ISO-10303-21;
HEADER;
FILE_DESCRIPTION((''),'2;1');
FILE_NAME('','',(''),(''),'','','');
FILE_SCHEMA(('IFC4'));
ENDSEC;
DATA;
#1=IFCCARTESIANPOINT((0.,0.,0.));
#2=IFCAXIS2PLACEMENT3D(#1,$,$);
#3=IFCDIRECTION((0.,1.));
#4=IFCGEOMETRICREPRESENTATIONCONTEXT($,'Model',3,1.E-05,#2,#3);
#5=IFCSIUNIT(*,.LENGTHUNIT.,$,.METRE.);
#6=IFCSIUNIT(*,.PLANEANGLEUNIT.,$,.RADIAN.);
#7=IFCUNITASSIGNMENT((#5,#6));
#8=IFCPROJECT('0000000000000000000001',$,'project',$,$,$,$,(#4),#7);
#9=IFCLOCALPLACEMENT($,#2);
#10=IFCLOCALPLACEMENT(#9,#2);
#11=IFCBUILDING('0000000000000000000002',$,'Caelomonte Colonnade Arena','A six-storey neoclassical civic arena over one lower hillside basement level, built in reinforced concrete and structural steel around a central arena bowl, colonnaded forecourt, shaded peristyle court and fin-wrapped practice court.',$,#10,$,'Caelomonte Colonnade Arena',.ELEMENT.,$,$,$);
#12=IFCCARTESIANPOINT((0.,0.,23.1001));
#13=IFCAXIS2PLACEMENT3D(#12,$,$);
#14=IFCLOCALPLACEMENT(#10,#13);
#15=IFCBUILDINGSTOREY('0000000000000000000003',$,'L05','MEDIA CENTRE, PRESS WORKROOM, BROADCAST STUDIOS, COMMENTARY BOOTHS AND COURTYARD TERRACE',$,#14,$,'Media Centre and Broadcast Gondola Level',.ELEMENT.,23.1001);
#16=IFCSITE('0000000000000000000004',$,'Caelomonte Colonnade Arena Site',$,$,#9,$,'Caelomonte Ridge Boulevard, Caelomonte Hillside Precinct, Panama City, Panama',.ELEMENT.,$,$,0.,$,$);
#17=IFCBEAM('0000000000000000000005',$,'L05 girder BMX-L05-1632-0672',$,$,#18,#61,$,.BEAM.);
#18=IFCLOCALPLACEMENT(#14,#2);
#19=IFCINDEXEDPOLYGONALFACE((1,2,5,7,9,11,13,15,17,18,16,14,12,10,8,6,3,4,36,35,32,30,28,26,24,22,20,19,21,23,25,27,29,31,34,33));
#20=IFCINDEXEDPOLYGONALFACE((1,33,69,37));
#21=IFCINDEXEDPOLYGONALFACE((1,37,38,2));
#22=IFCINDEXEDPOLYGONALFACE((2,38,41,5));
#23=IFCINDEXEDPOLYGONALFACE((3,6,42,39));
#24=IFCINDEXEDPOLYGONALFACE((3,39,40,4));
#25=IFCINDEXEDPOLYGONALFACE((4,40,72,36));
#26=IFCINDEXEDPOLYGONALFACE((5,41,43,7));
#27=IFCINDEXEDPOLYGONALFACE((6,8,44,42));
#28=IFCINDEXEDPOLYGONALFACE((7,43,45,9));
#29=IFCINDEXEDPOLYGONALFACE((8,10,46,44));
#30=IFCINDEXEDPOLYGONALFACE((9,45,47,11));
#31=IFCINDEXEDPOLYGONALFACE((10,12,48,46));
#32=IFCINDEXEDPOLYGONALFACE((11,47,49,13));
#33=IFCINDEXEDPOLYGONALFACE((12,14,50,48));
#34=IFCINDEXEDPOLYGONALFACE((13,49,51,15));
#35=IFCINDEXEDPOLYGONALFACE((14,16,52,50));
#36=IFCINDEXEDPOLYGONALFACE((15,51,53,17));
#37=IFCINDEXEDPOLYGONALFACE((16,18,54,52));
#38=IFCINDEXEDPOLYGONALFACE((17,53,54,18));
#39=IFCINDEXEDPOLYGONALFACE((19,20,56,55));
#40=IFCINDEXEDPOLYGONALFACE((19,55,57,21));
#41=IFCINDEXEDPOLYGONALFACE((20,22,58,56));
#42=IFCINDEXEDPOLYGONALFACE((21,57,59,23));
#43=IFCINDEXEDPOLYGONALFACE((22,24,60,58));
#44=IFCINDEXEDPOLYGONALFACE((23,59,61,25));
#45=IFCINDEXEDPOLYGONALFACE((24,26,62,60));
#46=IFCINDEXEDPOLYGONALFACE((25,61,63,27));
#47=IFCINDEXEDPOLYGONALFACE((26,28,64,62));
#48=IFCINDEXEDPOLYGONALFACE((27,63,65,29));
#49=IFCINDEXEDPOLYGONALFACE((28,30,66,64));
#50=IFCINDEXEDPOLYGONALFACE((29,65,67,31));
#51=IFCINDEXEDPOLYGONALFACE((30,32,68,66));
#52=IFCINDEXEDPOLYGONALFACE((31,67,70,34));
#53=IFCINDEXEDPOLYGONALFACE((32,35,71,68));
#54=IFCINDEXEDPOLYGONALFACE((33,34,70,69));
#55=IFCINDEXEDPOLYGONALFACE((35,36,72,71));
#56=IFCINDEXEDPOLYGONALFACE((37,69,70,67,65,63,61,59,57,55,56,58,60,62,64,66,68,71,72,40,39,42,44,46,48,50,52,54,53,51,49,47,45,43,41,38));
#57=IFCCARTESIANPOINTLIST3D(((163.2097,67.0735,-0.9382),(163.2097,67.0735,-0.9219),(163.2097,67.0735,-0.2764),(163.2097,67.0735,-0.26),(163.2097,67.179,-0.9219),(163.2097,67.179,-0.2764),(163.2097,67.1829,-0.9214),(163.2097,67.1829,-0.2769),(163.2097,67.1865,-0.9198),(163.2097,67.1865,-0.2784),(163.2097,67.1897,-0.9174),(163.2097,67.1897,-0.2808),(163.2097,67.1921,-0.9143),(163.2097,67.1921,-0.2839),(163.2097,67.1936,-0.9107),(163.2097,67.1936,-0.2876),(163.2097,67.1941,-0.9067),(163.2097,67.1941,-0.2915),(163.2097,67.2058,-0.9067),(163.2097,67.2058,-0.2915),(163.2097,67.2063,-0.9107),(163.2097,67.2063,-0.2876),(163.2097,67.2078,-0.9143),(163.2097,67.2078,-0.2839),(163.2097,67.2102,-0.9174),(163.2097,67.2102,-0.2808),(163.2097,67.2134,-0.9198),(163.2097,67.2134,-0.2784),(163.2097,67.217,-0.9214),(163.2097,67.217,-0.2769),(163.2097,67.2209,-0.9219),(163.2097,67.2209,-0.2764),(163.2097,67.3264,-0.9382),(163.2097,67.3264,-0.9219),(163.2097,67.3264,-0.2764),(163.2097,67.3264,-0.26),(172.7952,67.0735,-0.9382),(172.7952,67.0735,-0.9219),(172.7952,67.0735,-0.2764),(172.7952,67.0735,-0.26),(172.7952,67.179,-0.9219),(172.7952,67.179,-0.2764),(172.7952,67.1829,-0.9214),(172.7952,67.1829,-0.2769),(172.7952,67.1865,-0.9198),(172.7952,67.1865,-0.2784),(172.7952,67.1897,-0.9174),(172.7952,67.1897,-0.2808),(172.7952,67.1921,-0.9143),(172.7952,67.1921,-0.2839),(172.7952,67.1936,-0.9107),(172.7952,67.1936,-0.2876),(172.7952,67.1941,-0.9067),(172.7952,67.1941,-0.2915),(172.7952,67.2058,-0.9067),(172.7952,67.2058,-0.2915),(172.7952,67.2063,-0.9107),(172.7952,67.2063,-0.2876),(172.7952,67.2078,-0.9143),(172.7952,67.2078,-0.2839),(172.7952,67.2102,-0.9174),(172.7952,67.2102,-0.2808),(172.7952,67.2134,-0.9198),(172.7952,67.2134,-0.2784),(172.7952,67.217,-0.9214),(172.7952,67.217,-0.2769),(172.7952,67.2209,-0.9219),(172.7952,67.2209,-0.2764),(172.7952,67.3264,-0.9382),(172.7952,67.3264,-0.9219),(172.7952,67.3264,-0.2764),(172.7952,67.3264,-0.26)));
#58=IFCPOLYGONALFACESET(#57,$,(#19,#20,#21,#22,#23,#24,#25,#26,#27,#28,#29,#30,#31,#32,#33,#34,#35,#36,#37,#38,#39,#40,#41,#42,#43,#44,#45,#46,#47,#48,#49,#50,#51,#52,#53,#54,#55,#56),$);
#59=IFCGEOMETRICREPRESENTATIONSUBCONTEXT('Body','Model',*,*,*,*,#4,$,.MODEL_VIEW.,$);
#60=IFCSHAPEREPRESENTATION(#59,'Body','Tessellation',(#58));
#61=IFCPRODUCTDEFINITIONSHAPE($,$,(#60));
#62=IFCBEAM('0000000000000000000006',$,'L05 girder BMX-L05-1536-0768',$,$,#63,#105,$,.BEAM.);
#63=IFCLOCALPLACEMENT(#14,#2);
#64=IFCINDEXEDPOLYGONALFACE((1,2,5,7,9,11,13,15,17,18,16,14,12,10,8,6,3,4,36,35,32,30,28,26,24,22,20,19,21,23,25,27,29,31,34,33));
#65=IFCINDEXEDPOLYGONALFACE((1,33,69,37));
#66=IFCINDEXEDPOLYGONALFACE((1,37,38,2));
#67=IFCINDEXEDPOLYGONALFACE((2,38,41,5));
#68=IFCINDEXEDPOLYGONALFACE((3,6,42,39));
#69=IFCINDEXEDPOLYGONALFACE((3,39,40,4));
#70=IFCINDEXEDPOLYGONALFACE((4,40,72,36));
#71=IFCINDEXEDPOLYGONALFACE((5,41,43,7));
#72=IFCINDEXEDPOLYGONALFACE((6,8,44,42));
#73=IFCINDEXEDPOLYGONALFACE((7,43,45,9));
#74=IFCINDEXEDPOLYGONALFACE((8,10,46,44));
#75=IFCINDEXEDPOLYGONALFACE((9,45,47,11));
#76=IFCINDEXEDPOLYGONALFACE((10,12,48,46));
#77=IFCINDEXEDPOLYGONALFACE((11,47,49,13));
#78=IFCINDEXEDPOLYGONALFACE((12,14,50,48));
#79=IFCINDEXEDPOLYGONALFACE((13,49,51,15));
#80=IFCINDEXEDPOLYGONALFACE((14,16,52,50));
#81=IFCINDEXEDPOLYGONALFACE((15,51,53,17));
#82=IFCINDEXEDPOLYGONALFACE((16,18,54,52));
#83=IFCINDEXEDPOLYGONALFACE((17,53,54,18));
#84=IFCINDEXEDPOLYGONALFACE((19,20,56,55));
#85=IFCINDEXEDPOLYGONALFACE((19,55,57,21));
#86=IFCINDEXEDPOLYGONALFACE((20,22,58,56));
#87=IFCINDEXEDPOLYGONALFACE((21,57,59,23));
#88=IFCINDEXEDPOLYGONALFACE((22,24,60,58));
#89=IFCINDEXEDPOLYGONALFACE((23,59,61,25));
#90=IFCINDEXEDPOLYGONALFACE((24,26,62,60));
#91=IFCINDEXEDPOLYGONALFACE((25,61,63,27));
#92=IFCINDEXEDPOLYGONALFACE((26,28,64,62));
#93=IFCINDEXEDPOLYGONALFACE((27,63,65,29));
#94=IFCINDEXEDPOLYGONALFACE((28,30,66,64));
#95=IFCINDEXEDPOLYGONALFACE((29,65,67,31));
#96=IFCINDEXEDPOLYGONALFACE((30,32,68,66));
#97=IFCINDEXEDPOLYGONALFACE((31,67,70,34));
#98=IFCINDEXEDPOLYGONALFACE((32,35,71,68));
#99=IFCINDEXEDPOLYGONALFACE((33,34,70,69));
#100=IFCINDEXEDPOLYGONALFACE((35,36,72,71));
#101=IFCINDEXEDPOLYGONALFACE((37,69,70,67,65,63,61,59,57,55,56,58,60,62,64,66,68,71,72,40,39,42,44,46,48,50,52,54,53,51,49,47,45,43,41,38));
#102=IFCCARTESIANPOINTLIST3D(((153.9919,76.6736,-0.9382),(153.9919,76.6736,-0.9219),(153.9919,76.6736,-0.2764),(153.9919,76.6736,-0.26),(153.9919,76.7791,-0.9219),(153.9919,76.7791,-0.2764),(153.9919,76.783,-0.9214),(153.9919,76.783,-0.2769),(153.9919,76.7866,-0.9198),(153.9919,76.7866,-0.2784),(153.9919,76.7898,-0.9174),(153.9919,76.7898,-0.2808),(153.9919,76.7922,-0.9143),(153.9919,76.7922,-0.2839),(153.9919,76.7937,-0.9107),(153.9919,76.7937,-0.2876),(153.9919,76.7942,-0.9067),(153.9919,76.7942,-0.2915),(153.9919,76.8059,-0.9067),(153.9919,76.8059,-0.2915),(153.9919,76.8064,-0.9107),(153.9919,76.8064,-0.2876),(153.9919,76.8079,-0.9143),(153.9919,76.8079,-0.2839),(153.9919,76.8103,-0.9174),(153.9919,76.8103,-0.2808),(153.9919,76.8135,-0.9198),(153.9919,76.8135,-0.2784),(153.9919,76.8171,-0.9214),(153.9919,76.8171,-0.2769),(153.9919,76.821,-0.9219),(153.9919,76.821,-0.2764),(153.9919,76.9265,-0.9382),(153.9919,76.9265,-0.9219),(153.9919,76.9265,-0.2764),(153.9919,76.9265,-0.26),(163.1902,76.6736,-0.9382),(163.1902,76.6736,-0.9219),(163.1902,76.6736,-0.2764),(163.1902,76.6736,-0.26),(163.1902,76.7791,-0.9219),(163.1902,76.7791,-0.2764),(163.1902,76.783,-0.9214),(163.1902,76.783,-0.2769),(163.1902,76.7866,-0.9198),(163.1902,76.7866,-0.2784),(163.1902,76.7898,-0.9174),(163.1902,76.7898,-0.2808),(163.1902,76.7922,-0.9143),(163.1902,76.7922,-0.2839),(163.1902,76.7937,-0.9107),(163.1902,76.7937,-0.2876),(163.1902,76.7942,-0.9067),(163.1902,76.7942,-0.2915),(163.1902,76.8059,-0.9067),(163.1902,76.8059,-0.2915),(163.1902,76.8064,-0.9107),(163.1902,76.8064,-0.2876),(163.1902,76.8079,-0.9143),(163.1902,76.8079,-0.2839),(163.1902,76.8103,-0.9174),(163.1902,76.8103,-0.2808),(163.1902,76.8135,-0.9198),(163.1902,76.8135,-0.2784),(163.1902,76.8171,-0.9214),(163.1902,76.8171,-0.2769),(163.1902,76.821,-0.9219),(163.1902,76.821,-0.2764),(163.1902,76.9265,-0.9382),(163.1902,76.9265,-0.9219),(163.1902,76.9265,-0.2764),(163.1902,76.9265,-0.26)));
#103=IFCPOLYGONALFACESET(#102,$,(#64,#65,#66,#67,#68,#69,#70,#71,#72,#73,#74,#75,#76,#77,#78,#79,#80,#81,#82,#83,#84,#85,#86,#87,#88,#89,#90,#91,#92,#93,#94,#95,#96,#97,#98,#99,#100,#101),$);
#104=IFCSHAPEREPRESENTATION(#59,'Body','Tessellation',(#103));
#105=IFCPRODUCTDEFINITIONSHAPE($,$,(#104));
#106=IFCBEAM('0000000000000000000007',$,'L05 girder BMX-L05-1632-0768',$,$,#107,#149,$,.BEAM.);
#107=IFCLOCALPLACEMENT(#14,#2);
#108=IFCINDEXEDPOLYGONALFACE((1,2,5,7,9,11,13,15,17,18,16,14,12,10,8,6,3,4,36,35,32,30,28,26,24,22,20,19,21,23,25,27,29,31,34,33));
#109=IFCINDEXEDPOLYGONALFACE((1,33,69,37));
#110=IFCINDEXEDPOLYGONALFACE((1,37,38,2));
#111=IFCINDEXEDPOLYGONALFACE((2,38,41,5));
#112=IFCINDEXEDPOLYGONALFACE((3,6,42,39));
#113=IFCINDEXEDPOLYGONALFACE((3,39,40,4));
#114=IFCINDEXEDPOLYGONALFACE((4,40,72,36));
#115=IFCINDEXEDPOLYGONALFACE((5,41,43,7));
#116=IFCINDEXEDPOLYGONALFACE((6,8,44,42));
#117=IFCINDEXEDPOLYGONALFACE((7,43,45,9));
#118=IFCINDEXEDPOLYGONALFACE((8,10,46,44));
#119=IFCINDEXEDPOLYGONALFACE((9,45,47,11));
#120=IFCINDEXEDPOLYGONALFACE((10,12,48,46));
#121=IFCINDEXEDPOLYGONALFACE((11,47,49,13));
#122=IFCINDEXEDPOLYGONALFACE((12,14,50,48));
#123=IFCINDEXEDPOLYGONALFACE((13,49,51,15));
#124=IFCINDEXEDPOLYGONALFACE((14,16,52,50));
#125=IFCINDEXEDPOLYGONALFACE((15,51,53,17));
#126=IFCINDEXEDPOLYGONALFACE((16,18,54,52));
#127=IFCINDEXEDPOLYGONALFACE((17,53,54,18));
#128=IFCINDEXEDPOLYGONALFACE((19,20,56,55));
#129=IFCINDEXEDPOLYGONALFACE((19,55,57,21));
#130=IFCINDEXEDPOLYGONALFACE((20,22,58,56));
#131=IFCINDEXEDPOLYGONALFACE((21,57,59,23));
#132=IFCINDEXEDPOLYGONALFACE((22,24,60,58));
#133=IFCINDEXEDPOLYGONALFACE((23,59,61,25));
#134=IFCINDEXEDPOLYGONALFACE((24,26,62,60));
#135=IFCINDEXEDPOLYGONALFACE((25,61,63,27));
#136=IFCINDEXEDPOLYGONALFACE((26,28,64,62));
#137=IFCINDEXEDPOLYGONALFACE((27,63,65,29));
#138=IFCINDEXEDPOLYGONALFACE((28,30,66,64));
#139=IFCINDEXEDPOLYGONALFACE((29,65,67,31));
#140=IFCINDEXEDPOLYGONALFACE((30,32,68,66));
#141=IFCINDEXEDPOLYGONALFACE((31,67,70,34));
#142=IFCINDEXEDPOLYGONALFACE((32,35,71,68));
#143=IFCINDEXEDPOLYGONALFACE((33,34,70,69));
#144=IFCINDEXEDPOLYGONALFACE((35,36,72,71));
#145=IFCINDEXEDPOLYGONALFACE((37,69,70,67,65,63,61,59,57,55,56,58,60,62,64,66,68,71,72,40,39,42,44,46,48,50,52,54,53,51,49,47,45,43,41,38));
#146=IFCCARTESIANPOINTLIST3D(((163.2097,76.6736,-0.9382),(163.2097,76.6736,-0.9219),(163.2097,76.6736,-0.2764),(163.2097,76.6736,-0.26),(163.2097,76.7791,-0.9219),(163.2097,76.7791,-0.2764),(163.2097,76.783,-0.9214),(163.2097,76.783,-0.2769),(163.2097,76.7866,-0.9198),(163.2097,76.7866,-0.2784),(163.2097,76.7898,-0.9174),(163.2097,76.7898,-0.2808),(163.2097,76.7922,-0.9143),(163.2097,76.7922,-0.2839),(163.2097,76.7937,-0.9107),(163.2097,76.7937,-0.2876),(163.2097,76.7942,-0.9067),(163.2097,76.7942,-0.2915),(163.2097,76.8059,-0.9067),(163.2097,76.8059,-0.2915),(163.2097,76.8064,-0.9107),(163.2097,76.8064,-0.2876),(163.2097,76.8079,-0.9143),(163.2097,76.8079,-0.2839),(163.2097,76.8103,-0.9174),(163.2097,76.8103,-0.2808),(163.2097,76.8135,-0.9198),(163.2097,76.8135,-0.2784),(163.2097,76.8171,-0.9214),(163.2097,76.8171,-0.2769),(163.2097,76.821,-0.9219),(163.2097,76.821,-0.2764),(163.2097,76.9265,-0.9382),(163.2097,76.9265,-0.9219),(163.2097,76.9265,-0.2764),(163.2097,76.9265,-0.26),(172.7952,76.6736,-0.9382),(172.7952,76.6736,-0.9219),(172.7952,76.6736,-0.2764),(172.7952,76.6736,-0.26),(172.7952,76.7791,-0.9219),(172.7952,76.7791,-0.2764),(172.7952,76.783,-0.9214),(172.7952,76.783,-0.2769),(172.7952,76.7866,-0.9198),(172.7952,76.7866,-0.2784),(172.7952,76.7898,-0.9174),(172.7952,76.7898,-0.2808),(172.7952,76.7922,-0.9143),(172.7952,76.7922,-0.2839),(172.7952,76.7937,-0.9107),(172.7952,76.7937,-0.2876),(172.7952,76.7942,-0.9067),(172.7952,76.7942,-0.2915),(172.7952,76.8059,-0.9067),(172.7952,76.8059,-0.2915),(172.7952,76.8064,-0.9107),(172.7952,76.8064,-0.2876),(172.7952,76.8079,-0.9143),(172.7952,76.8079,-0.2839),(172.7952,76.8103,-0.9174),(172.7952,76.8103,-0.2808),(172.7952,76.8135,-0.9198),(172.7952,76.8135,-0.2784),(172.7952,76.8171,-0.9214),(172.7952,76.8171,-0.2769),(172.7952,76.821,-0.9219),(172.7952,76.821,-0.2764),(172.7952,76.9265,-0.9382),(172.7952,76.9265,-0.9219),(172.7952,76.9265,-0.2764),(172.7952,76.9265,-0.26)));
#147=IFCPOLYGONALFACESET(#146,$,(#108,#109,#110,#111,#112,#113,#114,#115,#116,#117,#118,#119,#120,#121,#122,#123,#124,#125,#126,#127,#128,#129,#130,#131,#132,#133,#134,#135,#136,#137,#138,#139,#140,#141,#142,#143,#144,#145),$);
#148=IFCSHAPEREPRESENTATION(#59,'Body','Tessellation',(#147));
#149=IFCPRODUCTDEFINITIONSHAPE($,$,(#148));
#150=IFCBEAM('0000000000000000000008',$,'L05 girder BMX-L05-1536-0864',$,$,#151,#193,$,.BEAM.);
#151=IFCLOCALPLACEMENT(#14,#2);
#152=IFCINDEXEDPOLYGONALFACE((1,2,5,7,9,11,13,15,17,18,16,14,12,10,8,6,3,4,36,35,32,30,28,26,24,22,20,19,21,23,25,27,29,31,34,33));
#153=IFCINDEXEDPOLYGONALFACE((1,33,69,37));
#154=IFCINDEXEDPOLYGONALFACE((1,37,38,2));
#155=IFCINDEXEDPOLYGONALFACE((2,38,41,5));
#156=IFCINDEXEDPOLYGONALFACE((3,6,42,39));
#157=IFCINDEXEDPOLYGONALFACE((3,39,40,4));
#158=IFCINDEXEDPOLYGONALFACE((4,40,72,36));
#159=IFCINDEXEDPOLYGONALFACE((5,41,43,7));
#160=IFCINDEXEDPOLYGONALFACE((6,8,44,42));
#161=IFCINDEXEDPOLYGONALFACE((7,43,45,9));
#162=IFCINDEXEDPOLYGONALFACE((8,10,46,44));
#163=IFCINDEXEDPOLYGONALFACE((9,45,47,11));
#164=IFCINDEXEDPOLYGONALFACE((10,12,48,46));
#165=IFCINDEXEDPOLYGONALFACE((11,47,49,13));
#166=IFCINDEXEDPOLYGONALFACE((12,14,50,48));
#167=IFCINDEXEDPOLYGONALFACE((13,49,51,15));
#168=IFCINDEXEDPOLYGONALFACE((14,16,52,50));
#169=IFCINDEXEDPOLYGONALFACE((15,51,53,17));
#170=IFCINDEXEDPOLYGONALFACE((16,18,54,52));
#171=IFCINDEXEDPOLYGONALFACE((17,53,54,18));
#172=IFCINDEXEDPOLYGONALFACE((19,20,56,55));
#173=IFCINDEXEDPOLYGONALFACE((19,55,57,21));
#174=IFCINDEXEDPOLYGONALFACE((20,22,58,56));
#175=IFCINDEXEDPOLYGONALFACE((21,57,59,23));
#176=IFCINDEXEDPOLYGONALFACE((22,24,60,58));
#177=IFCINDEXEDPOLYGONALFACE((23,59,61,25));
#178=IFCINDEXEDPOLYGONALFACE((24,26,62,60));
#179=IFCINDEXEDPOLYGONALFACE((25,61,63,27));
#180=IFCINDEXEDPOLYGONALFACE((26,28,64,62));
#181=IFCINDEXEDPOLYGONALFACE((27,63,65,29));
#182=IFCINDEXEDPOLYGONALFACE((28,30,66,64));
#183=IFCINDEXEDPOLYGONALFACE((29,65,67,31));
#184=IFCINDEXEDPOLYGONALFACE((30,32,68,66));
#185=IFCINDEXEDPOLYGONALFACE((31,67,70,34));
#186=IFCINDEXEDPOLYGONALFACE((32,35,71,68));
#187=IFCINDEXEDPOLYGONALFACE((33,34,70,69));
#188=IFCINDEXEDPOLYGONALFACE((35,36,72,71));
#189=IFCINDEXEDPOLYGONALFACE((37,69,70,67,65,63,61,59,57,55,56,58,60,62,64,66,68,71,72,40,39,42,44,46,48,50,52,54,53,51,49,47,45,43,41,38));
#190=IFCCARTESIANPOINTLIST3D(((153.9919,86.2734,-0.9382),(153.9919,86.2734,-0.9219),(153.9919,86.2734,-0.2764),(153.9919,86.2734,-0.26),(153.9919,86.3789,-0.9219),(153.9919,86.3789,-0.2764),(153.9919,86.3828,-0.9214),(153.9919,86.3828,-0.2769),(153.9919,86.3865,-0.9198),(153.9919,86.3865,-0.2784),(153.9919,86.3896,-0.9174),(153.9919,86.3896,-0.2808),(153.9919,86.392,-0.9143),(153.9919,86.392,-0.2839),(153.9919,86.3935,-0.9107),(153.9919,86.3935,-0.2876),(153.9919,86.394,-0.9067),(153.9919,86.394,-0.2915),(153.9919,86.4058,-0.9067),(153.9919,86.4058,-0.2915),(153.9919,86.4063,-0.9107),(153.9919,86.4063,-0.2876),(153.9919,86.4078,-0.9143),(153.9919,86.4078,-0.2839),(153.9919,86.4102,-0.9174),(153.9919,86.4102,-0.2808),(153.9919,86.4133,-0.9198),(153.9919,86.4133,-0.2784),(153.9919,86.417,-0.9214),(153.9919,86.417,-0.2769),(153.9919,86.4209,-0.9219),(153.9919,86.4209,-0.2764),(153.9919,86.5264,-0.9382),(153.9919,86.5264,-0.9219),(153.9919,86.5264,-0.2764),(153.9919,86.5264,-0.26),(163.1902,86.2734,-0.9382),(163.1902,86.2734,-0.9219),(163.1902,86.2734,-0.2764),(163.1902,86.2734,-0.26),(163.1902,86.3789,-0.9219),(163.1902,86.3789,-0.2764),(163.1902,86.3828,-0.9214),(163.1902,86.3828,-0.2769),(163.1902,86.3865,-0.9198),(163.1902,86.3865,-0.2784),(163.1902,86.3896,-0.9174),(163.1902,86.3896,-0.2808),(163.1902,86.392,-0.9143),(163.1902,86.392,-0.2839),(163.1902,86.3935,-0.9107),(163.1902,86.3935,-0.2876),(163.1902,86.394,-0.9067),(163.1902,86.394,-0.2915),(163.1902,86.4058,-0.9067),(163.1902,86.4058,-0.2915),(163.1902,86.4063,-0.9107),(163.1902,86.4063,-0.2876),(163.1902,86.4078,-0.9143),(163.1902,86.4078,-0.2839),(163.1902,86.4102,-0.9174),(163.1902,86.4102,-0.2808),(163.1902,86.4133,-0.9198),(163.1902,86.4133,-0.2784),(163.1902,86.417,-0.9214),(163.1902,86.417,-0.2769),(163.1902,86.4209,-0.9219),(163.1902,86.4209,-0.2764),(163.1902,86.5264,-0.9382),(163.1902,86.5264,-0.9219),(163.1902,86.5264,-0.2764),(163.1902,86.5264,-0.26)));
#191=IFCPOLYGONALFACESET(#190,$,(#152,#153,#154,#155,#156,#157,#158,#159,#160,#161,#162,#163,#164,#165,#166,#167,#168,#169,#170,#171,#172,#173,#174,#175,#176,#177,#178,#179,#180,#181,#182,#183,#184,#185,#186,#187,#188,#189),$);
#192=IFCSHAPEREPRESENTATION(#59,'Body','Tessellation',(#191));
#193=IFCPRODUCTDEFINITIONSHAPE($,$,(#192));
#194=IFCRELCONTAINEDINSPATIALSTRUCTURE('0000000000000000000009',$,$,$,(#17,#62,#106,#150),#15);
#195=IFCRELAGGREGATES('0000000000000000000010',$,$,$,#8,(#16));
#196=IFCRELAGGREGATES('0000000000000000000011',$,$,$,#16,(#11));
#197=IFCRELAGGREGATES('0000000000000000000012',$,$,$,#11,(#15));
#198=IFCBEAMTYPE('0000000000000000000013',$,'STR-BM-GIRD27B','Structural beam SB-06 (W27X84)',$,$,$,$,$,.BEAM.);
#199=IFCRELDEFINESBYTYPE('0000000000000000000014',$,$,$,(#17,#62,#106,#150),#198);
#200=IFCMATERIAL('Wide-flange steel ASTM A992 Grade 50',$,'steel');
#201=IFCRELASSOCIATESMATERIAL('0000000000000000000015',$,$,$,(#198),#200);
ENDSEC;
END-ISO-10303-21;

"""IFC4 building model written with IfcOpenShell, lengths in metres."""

from ifc_helpers import new_model, si_unit, direction, frame, origin, origin_2d, place, context, subcontext, project, spatial, i_section, extrude, material, material_profile, profile_set, type_object, element, save


model = new_model("IFC4")

# Units and contexts
model_context = context("Model", 3, precision=1e-05, world=origin(), true_north=direction((0.0, 1.0)))
body_context = subcontext(model_context, "Body", "Model", "MODEL_VIEW")
ifc_project = project(units=[si_unit("LENGTHUNIT", "METRE"), si_unit("PLANEANGLEUNIT", "RADIAN")], contexts=[model_context])

# Site, building, storey
site_placement = place(None, origin())
site = spatial("IfcSite", under=ifc_project, at=site_placement, Name="Caelomonte Colonnade Arena Site", LongName="Caelomonte Ridge Boulevard, Caelomonte Hillside Precinct, Panama City, Panama", CompositionType="ELEMENT", RefElevation=0.0)
building_placement = place(site_placement, origin())
building = spatial("IfcBuilding", under=site, at=building_placement, Name="Caelomonte Colonnade Arena", Description="A six-storey neoclassical civic arena over one lower hillside basement level, built in reinforced concrete and structural steel around a central arena bowl, colonnaded forecourt, shaded peristyle court and fin-wrapped practice court.", LongName="Caelomonte Colonnade Arena", CompositionType="ELEMENT")
storey_placement = place(building_placement, frame((0.0, 0.0, 23.1001)))
storey = spatial("IfcBuildingStorey", under=building, at=storey_placement, Name="L05", Description="MEDIA CENTRE, PRESS WORKROOM, BROADCAST STUDIOS, COMMENTARY BOOTHS AND COURTYARD TERRACE", LongName="Media Centre and Broadcast Gondola Level", CompositionType="ELEMENT", Elevation=23.1001)

# Shared definitions
ifc_material_1 = material(Name="Wide-flange steel ASTM A992 Grade 50", Category="steel")

# Beams
ifc_material_profile_1 = material_profile(ifc_material_1, i_section(OverallWidth=0.2529, OverallDepth=0.6782, WebThickness=0.0117, FlangeThickness=0.0164, FilletRadius=0.0151, at=origin_2d()), Name="W27X84")
ifc_profile_set_1 = profile_set([ifc_material_profile_1], Name="Wide-flange steel ASTM A992 Grade 50")
beam_type_1 = type_object("IfcBeamType", Name="STR-BM-GIRD27B", Description="Structural beam SB-06 (W27X84)", PredefinedType="BEAM", material=ifc_profile_set_1)
beam_1_placement = place(storey_placement, frame((163.2097, 67.2, -0.5991), z_axis=(1.0, 0.0, 0.0), x_axis=(0.0, 1.0, 0.0)))
element("IfcBeam", 1, at=beam_1_placement, inside=storey, type_object=beam_type_1, Name="L05 girder BMX-L05-1632-0672", PredefinedType="BEAM", context=body_context, shape_type="SweptSolid", body=[
    extrude(i_section(OverallWidth=0.2529, OverallDepth=0.6782, WebThickness=0.0117, FlangeThickness=0.0164, FilletRadius=0.0151, at=origin_2d()), origin(), (0.0, 0.0, 1.0), 9.5854),
])
beam_2_placement = place(storey_placement, frame((153.9919, 76.8, -0.5991), z_axis=(1.0, 0.0, 0.0), x_axis=(0.0, 1.0, 0.0)))
element("IfcBeam", 2, at=beam_2_placement, inside=storey, type_object=beam_type_1, Name="L05 girder BMX-L05-1536-0768", PredefinedType="BEAM", context=body_context, shape_type="SweptSolid", body=[
    extrude(i_section(OverallWidth=0.2529, OverallDepth=0.6782, WebThickness=0.0117, FlangeThickness=0.0164, FilletRadius=0.0151, at=origin_2d()), origin(), (0.0, 0.0, 1.0), 9.1982),
])
beam_3_placement = place(storey_placement, frame((163.2097, 76.8, -0.5991), z_axis=(1.0, 0.0, 0.0), x_axis=(0.0, 1.0, 0.0)))
element("IfcBeam", 3, at=beam_3_placement, inside=storey, type_object=beam_type_1, Name="L05 girder BMX-L05-1632-0768", PredefinedType="BEAM", context=body_context, shape_type="SweptSolid", body=[
    extrude(i_section(OverallWidth=0.2529, OverallDepth=0.6782, WebThickness=0.0117, FlangeThickness=0.0164, FilletRadius=0.0151, at=origin_2d()), origin(), (0.0, 0.0, 1.0), 9.5854),
])
beam_4_placement = place(storey_placement, frame((153.9919, 86.3999, -0.5991), z_axis=(1.0, 0.0, 0.0), x_axis=(0.0, 1.0, 0.0)))
element("IfcBeam", 4, at=beam_4_placement, inside=storey, type_object=beam_type_1, Name="L05 girder BMX-L05-1536-0864", PredefinedType="BEAM", context=body_context, shape_type="SweptSolid", body=[
    extrude(i_section(OverallWidth=0.2529, OverallDepth=0.6782, WebThickness=0.0117, FlangeThickness=0.0164, FilletRadius=0.0151, at=origin_2d()), origin(), (0.0, 0.0, 1.0), 9.1982),
])

save(model, "model.ifc")
